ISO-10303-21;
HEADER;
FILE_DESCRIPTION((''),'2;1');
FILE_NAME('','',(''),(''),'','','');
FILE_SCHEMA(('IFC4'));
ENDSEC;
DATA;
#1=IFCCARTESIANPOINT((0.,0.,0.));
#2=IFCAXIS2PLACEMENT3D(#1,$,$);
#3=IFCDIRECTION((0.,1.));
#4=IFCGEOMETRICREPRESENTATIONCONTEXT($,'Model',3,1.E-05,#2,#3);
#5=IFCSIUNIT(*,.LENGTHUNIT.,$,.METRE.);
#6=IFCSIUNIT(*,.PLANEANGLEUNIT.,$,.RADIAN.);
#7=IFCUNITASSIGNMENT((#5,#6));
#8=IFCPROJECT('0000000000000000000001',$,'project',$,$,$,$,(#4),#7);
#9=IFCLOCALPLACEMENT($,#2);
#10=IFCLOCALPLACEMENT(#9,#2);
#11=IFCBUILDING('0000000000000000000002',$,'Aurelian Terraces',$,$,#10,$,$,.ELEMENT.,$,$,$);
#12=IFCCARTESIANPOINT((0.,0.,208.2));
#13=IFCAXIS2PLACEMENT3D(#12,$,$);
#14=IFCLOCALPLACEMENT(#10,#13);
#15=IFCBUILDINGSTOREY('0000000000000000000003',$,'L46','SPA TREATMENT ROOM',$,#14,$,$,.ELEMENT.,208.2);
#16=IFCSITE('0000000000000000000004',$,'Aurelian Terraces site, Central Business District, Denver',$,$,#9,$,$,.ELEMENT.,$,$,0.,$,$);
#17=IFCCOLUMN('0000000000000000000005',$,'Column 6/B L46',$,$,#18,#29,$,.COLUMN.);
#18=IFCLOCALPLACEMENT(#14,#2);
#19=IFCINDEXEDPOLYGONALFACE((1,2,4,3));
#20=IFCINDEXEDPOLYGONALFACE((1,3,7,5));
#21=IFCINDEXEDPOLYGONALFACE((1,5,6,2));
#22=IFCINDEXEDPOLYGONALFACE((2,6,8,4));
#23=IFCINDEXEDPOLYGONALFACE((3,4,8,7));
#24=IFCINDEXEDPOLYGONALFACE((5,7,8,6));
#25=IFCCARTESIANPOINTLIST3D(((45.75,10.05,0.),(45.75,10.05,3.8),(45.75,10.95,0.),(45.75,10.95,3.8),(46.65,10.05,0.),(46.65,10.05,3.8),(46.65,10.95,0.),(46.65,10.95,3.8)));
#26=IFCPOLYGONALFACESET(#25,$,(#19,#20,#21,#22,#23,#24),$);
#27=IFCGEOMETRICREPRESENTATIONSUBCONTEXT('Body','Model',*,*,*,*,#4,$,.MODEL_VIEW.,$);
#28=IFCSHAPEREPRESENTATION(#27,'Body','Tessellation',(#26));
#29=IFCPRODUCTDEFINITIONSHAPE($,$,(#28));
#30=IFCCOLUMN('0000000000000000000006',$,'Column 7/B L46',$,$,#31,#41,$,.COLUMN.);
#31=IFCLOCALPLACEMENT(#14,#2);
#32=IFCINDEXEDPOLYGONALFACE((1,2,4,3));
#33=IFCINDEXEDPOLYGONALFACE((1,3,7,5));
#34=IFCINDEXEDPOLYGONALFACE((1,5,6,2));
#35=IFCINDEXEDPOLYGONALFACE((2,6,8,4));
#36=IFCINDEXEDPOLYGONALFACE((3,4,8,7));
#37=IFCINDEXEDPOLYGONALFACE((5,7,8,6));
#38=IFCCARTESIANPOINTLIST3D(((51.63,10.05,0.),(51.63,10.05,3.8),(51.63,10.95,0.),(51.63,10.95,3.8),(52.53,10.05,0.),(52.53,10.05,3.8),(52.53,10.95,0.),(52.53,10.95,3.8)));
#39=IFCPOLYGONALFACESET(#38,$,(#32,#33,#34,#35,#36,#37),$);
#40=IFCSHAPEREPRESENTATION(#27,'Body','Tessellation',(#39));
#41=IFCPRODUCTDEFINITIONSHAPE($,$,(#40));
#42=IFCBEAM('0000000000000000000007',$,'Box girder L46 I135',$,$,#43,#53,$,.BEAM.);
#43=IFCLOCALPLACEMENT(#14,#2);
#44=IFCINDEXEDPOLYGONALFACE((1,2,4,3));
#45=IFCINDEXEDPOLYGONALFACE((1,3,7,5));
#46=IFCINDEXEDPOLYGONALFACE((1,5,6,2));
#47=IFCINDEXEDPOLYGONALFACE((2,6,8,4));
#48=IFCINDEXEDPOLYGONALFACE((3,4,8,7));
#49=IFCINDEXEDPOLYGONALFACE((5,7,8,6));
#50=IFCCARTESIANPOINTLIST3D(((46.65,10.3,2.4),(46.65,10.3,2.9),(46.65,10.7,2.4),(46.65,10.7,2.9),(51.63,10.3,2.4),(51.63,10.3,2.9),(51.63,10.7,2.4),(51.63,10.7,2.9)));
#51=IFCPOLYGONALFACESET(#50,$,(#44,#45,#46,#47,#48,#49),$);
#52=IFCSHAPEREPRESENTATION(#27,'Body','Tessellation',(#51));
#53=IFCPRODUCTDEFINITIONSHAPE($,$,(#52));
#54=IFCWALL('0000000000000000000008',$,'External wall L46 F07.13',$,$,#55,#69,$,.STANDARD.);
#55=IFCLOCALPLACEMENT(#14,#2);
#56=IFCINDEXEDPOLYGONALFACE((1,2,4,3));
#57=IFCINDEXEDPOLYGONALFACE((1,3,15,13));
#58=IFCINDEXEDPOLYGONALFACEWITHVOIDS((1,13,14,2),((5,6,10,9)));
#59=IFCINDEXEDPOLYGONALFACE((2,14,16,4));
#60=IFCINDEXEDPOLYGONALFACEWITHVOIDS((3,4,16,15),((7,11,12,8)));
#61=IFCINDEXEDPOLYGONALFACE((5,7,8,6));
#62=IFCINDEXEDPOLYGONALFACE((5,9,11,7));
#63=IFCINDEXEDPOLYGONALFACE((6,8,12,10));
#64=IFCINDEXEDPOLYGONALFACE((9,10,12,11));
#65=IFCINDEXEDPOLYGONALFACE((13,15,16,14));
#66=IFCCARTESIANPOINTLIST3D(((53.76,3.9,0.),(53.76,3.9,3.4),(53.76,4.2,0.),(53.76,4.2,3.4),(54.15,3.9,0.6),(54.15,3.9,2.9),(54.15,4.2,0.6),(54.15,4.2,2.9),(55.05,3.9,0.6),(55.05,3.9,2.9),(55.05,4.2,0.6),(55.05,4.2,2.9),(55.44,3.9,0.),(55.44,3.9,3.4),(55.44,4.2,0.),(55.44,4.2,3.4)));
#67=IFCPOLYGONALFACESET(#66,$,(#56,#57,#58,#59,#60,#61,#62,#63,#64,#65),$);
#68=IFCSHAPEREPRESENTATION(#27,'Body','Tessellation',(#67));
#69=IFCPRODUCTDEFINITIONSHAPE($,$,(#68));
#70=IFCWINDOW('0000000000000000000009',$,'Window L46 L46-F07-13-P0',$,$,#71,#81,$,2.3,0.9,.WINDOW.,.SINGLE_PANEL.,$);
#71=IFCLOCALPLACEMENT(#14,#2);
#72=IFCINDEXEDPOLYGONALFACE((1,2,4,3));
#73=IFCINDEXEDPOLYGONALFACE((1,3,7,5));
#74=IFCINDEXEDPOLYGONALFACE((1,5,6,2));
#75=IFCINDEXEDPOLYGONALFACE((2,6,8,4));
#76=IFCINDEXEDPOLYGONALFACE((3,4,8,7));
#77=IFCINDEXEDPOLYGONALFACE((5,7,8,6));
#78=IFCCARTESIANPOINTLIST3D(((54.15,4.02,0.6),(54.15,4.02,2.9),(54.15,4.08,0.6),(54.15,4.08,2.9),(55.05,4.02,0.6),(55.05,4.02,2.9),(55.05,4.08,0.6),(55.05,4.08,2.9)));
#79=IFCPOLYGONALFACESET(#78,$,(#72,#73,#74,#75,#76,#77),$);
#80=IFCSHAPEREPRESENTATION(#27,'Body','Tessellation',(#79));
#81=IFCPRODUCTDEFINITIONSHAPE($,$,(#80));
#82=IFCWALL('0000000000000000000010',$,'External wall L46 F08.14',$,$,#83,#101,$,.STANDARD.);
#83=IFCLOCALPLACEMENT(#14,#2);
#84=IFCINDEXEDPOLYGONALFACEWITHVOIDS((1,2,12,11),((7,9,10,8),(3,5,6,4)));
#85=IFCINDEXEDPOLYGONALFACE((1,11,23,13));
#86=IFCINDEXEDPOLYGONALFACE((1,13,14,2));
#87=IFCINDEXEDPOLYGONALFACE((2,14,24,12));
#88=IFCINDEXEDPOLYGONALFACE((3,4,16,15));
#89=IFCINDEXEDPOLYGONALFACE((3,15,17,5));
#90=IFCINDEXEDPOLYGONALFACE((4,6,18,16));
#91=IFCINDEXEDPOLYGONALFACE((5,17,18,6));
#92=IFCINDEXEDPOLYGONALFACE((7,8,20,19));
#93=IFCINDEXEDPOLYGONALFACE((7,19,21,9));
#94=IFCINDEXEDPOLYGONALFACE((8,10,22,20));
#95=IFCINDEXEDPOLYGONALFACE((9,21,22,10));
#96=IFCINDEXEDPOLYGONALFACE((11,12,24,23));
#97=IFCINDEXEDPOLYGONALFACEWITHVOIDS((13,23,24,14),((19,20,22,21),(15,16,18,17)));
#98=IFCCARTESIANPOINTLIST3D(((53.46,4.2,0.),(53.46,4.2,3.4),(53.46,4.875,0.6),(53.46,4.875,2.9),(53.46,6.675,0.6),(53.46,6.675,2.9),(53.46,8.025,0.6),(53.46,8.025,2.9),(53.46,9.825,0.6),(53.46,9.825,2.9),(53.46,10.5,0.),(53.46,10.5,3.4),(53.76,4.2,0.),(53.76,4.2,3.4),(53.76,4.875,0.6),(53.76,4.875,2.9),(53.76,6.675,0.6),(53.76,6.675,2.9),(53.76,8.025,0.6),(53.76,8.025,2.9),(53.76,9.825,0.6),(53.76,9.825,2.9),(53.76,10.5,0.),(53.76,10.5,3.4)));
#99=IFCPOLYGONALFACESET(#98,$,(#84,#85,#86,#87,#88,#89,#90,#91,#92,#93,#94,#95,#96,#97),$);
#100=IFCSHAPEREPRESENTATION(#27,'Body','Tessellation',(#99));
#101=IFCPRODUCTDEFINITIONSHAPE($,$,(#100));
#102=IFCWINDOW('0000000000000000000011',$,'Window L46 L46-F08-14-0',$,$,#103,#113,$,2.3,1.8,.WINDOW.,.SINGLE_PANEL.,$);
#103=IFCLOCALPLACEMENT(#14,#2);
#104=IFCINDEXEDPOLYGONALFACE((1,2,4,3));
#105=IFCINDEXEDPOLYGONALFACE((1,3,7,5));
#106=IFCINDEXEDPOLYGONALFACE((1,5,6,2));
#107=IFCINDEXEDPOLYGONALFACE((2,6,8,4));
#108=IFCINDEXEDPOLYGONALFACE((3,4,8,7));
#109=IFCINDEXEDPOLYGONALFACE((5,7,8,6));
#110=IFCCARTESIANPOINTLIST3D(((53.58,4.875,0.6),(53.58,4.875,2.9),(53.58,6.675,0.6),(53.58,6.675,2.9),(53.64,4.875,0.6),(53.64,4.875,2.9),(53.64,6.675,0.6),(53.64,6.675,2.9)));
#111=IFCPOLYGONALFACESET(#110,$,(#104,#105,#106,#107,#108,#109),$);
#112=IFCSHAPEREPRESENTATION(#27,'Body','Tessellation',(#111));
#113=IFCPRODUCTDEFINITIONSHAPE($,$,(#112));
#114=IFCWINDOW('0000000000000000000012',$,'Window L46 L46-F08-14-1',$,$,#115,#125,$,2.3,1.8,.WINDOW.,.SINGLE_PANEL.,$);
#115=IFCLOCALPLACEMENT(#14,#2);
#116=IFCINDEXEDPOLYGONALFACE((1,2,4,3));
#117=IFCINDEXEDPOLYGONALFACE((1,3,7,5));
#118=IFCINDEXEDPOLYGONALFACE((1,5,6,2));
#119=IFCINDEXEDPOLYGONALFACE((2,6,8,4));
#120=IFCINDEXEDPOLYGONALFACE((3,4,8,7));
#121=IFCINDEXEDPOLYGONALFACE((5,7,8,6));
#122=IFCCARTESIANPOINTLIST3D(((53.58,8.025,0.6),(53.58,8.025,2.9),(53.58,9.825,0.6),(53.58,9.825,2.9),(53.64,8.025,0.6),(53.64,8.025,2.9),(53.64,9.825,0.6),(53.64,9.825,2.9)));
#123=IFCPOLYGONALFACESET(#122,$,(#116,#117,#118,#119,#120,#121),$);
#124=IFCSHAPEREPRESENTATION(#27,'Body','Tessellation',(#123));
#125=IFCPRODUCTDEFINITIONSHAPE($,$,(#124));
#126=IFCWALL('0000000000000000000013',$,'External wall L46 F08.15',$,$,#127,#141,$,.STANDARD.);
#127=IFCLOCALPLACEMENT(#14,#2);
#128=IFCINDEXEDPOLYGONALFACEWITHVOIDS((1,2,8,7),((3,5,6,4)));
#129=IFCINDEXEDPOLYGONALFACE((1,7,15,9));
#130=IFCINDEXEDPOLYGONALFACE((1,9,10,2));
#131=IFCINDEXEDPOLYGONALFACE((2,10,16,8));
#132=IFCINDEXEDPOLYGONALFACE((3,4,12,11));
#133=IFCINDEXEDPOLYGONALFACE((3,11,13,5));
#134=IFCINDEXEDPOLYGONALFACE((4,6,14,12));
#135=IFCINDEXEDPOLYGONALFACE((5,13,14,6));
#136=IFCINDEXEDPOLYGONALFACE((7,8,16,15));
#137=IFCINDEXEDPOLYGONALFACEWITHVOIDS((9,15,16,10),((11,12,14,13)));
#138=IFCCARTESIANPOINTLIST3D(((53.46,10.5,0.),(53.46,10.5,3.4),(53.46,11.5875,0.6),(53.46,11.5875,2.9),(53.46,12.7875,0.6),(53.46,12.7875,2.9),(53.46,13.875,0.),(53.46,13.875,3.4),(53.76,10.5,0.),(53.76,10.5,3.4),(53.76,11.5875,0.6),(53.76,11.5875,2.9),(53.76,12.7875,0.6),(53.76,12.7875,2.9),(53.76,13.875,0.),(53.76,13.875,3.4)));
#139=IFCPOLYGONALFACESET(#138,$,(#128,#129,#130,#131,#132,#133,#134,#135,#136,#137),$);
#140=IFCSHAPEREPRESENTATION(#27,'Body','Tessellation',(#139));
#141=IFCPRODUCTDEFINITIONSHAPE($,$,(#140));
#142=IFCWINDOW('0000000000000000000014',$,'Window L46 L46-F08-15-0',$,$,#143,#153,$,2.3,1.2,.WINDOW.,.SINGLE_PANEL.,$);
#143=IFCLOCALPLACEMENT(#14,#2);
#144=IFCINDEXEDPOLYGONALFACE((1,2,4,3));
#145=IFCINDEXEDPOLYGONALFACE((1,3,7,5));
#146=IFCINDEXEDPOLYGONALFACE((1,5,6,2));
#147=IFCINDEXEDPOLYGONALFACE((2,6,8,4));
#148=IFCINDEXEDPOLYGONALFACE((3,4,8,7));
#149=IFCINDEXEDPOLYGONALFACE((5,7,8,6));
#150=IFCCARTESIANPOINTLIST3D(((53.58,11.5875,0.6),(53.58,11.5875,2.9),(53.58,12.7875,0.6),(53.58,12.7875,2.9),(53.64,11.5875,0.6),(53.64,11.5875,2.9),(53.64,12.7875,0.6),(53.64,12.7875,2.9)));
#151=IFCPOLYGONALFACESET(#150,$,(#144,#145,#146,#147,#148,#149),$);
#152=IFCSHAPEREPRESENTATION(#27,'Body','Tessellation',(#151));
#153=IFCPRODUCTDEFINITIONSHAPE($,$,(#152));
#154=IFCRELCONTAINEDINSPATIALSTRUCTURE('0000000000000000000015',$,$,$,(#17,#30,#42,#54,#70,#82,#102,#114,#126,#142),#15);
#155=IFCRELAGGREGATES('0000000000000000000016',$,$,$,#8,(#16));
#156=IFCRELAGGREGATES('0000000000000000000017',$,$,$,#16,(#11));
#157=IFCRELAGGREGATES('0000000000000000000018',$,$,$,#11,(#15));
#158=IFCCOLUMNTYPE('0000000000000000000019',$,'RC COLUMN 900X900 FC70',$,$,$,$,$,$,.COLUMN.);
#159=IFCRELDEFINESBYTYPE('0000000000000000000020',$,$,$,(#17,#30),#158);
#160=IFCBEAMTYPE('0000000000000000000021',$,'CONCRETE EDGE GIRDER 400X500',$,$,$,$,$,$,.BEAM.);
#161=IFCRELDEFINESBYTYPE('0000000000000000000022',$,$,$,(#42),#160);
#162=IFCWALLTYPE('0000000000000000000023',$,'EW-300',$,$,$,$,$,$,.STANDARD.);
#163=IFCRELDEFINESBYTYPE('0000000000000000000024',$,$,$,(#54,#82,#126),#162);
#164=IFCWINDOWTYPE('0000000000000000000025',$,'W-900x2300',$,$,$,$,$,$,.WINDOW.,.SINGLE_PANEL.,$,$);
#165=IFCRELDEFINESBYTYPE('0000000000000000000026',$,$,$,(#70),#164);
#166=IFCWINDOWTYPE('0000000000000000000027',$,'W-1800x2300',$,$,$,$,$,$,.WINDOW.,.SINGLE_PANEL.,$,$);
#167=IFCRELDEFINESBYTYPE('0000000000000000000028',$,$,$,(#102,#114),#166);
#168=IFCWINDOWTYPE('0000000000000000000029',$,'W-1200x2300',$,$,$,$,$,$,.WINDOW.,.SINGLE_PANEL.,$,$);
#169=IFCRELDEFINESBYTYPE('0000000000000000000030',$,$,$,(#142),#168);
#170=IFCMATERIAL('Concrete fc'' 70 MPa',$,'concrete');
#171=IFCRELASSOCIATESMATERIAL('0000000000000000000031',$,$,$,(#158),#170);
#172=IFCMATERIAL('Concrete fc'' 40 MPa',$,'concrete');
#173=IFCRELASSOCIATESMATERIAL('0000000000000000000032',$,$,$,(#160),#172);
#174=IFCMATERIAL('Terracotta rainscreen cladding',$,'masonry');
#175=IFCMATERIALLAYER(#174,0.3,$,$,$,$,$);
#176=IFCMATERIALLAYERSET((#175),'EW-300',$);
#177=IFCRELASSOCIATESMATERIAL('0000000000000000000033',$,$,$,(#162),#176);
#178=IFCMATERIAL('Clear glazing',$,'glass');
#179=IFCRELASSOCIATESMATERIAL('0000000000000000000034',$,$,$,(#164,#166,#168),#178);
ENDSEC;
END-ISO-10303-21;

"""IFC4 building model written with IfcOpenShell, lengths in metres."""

from ifc_helpers import new_model, si_unit, direction, frame, frame_2d, origin, origin_2d, place, context, subcontext, project, spatial, rectangle, extrude, source, transform, mapped, material, layer, layer_set, material_profile, profile_set, type_object, element, fill, save


model = new_model("IFC4")

# Units and contexts
model_context = context("Model", 3, precision=1e-05, world=origin(), true_north=direction((0.0, 1.0)))
body_context = subcontext(model_context, "Body", "Model", "MODEL_VIEW")
ifc_project = project(units=[si_unit("LENGTHUNIT", "METRE"), si_unit("PLANEANGLEUNIT", "RADIAN")], contexts=[model_context])

# Site, building, storey
site_placement = place(None, origin())
site = spatial("IfcSite", under=ifc_project, at=site_placement, Name="Aurelian Terraces site, Central Business District, Denver", CompositionType="ELEMENT", RefElevation=0.0)
building_placement = place(site_placement, origin())
building = spatial("IfcBuilding", under=site, at=building_placement, Name="Aurelian Terraces", CompositionType="ELEMENT")
storey_placement = place(building_placement, frame((0.0, 0.0, 208.2)))
storey = spatial("IfcBuildingStorey", under=building, at=storey_placement, Name="L46", Description="SPA TREATMENT ROOM", CompositionType="ELEMENT", Elevation=208.2)

# Columns
ifc_material_1 = material(Name="Concrete fc' 70 MPa", Category="concrete")
ifc_material_profile_1 = material_profile(ifc_material_1, rectangle(XDim=0.9, YDim=0.9, at=origin_2d()))
ifc_profile_set_1 = profile_set([ifc_material_profile_1], Name="Concrete fc' 70 MPa")
column_type = type_object("IfcColumnType", Name="RC COLUMN 900X900 FC70", PredefinedType="COLUMN", material=ifc_profile_set_1)
shared_shape_1 = source(origin(), body_context, "Body", "SweptSolid", [
    extrude(rectangle(XDim=0.9, YDim=0.9, at=origin_2d()), origin(), (0.0, 0.0, 1.0), 3.8),
])
for number, where, z_axis, x_axis, name in (
    (1, (46.2, 10.5, 0.0), (0.0, 0.0, 1.0), (1.0, 0.0, 0.0), "Column 6/B L46"),
    (2, (52.08, 10.5, 0.0), (0.0, 0.0, 1.0), (1.0, 0.0, 0.0), "Column 7/B L46"),
):
    element("IfcColumn", number, at=place(storey_placement, frame(where, z_axis=z_axis, x_axis=x_axis)), inside=storey, type_object=column_type, Name=name, PredefinedType="COLUMN", context=body_context, shape_type="MappedRepresentation", body=[
        mapped(shared_shape_1, transform((0.0, 0.0, 0.0), scale=1.0)),
    ])

# Beam
ifc_material_2 = material(Name="Concrete fc' 40 MPa", Category="concrete")
ifc_material_profile_2 = material_profile(ifc_material_2, rectangle(XDim=0.4, YDim=0.5, at=origin_2d()))
ifc_profile_set_2 = profile_set([ifc_material_profile_2], Name="Concrete fc' 40 MPa")
beam_type = type_object("IfcBeamType", Name="CONCRETE EDGE GIRDER 400X500", PredefinedType="BEAM", material=ifc_profile_set_2)
shared_shape_2 = source(origin(), body_context, "Body", "SweptSolid", [
    extrude(rectangle(XDim=0.4, YDim=0.5, at=origin_2d()), origin(), (0.0, 0.0, 1.0), 4.98),
])
beam_placement = place(storey_placement, frame((46.65, 10.5, 2.65), z_axis=(1.0, 0.0, 0.0), x_axis=(0.0, 1.0, 0.0)))
element("IfcBeam", 3, at=beam_placement, inside=storey, type_object=beam_type, Name="Box girder L46 I135", PredefinedType="BEAM", context=body_context, shape_type="MappedRepresentation", body=[
    mapped(shared_shape_2, transform((0.0, 0.0, 0.0), scale=1.0)),
])

# Wall, opening, window
ifc_material_3 = material(Name="Terracotta rainscreen cladding", Category="masonry")
ifc_layer_1 = layer(ifc_material_3, 0.3)
ifc_layer_set_1 = layer_set([ifc_layer_1], Name="EW-300")
wall_type_1 = type_object("IfcWallType", Name="EW-300", PredefinedType="STANDARD", material=ifc_layer_set_1)
shared_shape_3 = source(origin(), body_context, "Body", "SweptSolid", [
    extrude(rectangle(XDim=1.68, YDim=0.3, at=frame_2d((0.84, 0.0))), origin(), (0.0, 0.0, 1.0), 3.4),
])
wall_1_placement = place(storey_placement, frame((55.44, 4.05, 0.0), z_axis=(0.0, 0.0, 1.0), x_axis=(-1.0, 0.0, 0.0)))
wall_1 = element("IfcWall", 4, at=wall_1_placement, inside=storey, type_object=wall_type_1, Name="External wall L46 F07.13", PredefinedType="STANDARD", context=body_context, shape_type="MappedRepresentation", body=[
    mapped(shared_shape_3, transform((0.0, 0.0, 0.0), scale=1.0)),
])
shared_shape_4 = source(origin(), body_context, "Body", "SweptSolid", [
    extrude(rectangle(XDim=0.9, YDim=2.3, at=frame_2d((0.45, 1.15))), frame((0.0, 0.16, 0.0), z_axis=(0.0, -1.0, 0.0), x_axis=(1.0, 0.0, 0.0)), (0.0, 0.0, 1.0), 0.32),
])
opening_1_placement = place(wall_1_placement, frame((0.39, 0.0, 0.6)))
opening_1 = element("IfcOpeningElement", 5, at=opening_1_placement, cuts=wall_1, PredefinedType="OPENING", context=body_context, shape_type="MappedRepresentation", body=[
    mapped(shared_shape_4, transform((0.0, 0.0, 0.0), scale=1.0)),
])
ifc_material_4 = material(Name="Clear glazing", Category="glass")
window_type_1 = type_object("IfcWindowType", Name="W-900x2300", PartitioningType="SINGLE_PANEL", PredefinedType="WINDOW", material=ifc_material_4)
shared_shape_5 = source(origin(), body_context, "Body", "SweptSolid", [
    extrude(rectangle(XDim=0.9, YDim=2.3, at=frame_2d((0.45, 1.15))), frame((0.0, 0.03, 0.0), z_axis=(0.0, -1.0, 0.0), x_axis=(1.0, 0.0, 0.0)), (0.0, 0.0, 1.0), 0.06),
])
window_1_placement = place(opening_1_placement, origin())
window_1 = element("IfcWindow", 6, at=window_1_placement, inside=storey, type_object=window_type_1, Name="Window L46 L46-F07-13-P0", OverallHeight=2.3, OverallWidth=0.9, PartitioningType="SINGLE_PANEL", PredefinedType="WINDOW", context=body_context, shape_type="MappedRepresentation", body=[
    mapped(shared_shape_5, transform((0.0, 0.0, 0.0), scale=1.0)),
])
fill(opening_1, window_1)

# Wall, openings, windows
shared_shape_6 = source(origin(), body_context, "Body", "SweptSolid", [
    extrude(rectangle(XDim=6.3, YDim=0.3, at=frame_2d((3.15, 0.0))), origin(), (0.0, 0.0, 1.0), 3.4),
])
wall_2_placement = place(storey_placement, frame((53.61, 4.2, 0.0), z_axis=(0.0, 0.0, 1.0), x_axis=(0.0, 1.0, 0.0)))
wall_2 = element("IfcWall", 7, at=wall_2_placement, inside=storey, type_object=wall_type_1, Name="External wall L46 F08.14", PredefinedType="STANDARD", context=body_context, shape_type="MappedRepresentation", body=[
    mapped(shared_shape_6, transform((0.0, 0.0, 0.0), scale=1.0)),
])
shared_shape_7 = source(origin(), body_context, "Body", "SweptSolid", [
    extrude(rectangle(XDim=1.8, YDim=2.3, at=frame_2d((0.9, 1.15))), frame((0.0, 0.16, 0.0), z_axis=(0.0, -1.0, 0.0), x_axis=(1.0, 0.0, 0.0)), (0.0, 0.0, 1.0), 0.32),
])
opening_2_placement = place(wall_2_placement, frame((0.675, 0.0, 0.6)))
opening_2 = element("IfcOpeningElement", 8, at=opening_2_placement, cuts=wall_2, PredefinedType="OPENING", context=body_context, shape_type="MappedRepresentation", body=[
    mapped(shared_shape_7, transform((0.0, 0.0, 0.0), scale=1.0)),
])
opening_3_placement = place(wall_2_placement, frame((3.825, 0.0, 0.6)))
opening_3 = element("IfcOpeningElement", 9, at=opening_3_placement, cuts=wall_2, PredefinedType="OPENING", context=body_context, shape_type="MappedRepresentation", body=[
    mapped(shared_shape_7, transform((0.0, 0.0, 0.0), scale=1.0)),
])
window_type_2 = type_object("IfcWindowType", Name="W-1800x2300", PartitioningType="SINGLE_PANEL", PredefinedType="WINDOW", material=ifc_material_4)
shared_shape_8 = source(origin(), body_context, "Body", "SweptSolid", [
    extrude(rectangle(XDim=1.8, YDim=2.3, at=frame_2d((0.9, 1.15))), frame((0.0, 0.03, 0.0), z_axis=(0.0, -1.0, 0.0), x_axis=(1.0, 0.0, 0.0)), (0.0, 0.0, 1.0), 0.06),
])
window_2_placement = place(opening_2_placement, origin())
window_2 = element("IfcWindow", 10, at=window_2_placement, inside=storey, type_object=window_type_2, Name="Window L46 L46-F08-14-0", OverallHeight=2.3, OverallWidth=1.8, PartitioningType="SINGLE_PANEL", PredefinedType="WINDOW", context=body_context, shape_type="MappedRepresentation", body=[
    mapped(shared_shape_8, transform((0.0, 0.0, 0.0), scale=1.0)),
])
fill(opening_2, window_2)
window_3_placement = place(opening_3_placement, origin())
window_3 = element("IfcWindow", 11, at=window_3_placement, inside=storey, type_object=window_type_2, Name="Window L46 L46-F08-14-1", OverallHeight=2.3, OverallWidth=1.8, PartitioningType="SINGLE_PANEL", PredefinedType="WINDOW", context=body_context, shape_type="MappedRepresentation", body=[
    mapped(shared_shape_8, transform((0.0, 0.0, 0.0), scale=1.0)),
])
fill(opening_3, window_3)

# Wall, opening, window
shared_shape_9 = source(origin(), body_context, "Body", "SweptSolid", [
    extrude(rectangle(XDim=3.375, YDim=0.3, at=frame_2d((1.6875, 0.0))), origin(), (0.0, 0.0, 1.0), 3.4),
])
wall_3_placement = place(storey_placement, frame((53.61, 10.5, 0.0), z_axis=(0.0, 0.0, 1.0), x_axis=(0.0, 1.0, 0.0)))
wall_3 = element("IfcWall", 12, at=wall_3_placement, inside=storey, type_object=wall_type_1, Name="External wall L46 F08.15", PredefinedType="STANDARD", context=body_context, shape_type="MappedRepresentation", body=[
    mapped(shared_shape_9, transform((0.0, 0.0, 0.0), scale=1.0)),
])
shared_shape_10 = source(origin(), body_context, "Body", "SweptSolid", [
    extrude(rectangle(XDim=1.2, YDim=2.3, at=frame_2d((0.6, 1.15))), frame((0.0, 0.16, 0.0), z_axis=(0.0, -1.0, 0.0), x_axis=(1.0, 0.0, 0.0)), (0.0, 0.0, 1.0), 0.32),
])
opening_4_placement = place(wall_3_placement, frame((1.0875, 0.0, 0.6)))
opening_4 = element("IfcOpeningElement", 13, at=opening_4_placement, cuts=wall_3, PredefinedType="OPENING", context=body_context, shape_type="MappedRepresentation", body=[
    mapped(shared_shape_10, transform((0.0, 0.0, 0.0), scale=1.0)),
])
window_type_3 = type_object("IfcWindowType", Name="W-1200x2300", PartitioningType="SINGLE_PANEL", PredefinedType="WINDOW", material=ifc_material_4)
shared_shape_11 = source(origin(), body_context, "Body", "SweptSolid", [
    extrude(rectangle(XDim=1.2, YDim=2.3, at=frame_2d((0.6, 1.15))), frame((0.0, 0.03, 0.0), z_axis=(0.0, -1.0, 0.0), x_axis=(1.0, 0.0, 0.0)), (0.0, 0.0, 1.0), 0.06),
])
window_4_placement = place(opening_4_placement, origin())
window_4 = element("IfcWindow", 14, at=window_4_placement, inside=storey, type_object=window_type_3, Name="Window L46 L46-F08-15-0", OverallHeight=2.3, OverallWidth=1.2, PartitioningType="SINGLE_PANEL", PredefinedType="WINDOW", context=body_context, shape_type="MappedRepresentation", body=[
    mapped(shared_shape_11, transform((0.0, 0.0, 0.0), scale=1.0)),
])
fill(opening_4, window_4)

save(model, "model.ifc")
